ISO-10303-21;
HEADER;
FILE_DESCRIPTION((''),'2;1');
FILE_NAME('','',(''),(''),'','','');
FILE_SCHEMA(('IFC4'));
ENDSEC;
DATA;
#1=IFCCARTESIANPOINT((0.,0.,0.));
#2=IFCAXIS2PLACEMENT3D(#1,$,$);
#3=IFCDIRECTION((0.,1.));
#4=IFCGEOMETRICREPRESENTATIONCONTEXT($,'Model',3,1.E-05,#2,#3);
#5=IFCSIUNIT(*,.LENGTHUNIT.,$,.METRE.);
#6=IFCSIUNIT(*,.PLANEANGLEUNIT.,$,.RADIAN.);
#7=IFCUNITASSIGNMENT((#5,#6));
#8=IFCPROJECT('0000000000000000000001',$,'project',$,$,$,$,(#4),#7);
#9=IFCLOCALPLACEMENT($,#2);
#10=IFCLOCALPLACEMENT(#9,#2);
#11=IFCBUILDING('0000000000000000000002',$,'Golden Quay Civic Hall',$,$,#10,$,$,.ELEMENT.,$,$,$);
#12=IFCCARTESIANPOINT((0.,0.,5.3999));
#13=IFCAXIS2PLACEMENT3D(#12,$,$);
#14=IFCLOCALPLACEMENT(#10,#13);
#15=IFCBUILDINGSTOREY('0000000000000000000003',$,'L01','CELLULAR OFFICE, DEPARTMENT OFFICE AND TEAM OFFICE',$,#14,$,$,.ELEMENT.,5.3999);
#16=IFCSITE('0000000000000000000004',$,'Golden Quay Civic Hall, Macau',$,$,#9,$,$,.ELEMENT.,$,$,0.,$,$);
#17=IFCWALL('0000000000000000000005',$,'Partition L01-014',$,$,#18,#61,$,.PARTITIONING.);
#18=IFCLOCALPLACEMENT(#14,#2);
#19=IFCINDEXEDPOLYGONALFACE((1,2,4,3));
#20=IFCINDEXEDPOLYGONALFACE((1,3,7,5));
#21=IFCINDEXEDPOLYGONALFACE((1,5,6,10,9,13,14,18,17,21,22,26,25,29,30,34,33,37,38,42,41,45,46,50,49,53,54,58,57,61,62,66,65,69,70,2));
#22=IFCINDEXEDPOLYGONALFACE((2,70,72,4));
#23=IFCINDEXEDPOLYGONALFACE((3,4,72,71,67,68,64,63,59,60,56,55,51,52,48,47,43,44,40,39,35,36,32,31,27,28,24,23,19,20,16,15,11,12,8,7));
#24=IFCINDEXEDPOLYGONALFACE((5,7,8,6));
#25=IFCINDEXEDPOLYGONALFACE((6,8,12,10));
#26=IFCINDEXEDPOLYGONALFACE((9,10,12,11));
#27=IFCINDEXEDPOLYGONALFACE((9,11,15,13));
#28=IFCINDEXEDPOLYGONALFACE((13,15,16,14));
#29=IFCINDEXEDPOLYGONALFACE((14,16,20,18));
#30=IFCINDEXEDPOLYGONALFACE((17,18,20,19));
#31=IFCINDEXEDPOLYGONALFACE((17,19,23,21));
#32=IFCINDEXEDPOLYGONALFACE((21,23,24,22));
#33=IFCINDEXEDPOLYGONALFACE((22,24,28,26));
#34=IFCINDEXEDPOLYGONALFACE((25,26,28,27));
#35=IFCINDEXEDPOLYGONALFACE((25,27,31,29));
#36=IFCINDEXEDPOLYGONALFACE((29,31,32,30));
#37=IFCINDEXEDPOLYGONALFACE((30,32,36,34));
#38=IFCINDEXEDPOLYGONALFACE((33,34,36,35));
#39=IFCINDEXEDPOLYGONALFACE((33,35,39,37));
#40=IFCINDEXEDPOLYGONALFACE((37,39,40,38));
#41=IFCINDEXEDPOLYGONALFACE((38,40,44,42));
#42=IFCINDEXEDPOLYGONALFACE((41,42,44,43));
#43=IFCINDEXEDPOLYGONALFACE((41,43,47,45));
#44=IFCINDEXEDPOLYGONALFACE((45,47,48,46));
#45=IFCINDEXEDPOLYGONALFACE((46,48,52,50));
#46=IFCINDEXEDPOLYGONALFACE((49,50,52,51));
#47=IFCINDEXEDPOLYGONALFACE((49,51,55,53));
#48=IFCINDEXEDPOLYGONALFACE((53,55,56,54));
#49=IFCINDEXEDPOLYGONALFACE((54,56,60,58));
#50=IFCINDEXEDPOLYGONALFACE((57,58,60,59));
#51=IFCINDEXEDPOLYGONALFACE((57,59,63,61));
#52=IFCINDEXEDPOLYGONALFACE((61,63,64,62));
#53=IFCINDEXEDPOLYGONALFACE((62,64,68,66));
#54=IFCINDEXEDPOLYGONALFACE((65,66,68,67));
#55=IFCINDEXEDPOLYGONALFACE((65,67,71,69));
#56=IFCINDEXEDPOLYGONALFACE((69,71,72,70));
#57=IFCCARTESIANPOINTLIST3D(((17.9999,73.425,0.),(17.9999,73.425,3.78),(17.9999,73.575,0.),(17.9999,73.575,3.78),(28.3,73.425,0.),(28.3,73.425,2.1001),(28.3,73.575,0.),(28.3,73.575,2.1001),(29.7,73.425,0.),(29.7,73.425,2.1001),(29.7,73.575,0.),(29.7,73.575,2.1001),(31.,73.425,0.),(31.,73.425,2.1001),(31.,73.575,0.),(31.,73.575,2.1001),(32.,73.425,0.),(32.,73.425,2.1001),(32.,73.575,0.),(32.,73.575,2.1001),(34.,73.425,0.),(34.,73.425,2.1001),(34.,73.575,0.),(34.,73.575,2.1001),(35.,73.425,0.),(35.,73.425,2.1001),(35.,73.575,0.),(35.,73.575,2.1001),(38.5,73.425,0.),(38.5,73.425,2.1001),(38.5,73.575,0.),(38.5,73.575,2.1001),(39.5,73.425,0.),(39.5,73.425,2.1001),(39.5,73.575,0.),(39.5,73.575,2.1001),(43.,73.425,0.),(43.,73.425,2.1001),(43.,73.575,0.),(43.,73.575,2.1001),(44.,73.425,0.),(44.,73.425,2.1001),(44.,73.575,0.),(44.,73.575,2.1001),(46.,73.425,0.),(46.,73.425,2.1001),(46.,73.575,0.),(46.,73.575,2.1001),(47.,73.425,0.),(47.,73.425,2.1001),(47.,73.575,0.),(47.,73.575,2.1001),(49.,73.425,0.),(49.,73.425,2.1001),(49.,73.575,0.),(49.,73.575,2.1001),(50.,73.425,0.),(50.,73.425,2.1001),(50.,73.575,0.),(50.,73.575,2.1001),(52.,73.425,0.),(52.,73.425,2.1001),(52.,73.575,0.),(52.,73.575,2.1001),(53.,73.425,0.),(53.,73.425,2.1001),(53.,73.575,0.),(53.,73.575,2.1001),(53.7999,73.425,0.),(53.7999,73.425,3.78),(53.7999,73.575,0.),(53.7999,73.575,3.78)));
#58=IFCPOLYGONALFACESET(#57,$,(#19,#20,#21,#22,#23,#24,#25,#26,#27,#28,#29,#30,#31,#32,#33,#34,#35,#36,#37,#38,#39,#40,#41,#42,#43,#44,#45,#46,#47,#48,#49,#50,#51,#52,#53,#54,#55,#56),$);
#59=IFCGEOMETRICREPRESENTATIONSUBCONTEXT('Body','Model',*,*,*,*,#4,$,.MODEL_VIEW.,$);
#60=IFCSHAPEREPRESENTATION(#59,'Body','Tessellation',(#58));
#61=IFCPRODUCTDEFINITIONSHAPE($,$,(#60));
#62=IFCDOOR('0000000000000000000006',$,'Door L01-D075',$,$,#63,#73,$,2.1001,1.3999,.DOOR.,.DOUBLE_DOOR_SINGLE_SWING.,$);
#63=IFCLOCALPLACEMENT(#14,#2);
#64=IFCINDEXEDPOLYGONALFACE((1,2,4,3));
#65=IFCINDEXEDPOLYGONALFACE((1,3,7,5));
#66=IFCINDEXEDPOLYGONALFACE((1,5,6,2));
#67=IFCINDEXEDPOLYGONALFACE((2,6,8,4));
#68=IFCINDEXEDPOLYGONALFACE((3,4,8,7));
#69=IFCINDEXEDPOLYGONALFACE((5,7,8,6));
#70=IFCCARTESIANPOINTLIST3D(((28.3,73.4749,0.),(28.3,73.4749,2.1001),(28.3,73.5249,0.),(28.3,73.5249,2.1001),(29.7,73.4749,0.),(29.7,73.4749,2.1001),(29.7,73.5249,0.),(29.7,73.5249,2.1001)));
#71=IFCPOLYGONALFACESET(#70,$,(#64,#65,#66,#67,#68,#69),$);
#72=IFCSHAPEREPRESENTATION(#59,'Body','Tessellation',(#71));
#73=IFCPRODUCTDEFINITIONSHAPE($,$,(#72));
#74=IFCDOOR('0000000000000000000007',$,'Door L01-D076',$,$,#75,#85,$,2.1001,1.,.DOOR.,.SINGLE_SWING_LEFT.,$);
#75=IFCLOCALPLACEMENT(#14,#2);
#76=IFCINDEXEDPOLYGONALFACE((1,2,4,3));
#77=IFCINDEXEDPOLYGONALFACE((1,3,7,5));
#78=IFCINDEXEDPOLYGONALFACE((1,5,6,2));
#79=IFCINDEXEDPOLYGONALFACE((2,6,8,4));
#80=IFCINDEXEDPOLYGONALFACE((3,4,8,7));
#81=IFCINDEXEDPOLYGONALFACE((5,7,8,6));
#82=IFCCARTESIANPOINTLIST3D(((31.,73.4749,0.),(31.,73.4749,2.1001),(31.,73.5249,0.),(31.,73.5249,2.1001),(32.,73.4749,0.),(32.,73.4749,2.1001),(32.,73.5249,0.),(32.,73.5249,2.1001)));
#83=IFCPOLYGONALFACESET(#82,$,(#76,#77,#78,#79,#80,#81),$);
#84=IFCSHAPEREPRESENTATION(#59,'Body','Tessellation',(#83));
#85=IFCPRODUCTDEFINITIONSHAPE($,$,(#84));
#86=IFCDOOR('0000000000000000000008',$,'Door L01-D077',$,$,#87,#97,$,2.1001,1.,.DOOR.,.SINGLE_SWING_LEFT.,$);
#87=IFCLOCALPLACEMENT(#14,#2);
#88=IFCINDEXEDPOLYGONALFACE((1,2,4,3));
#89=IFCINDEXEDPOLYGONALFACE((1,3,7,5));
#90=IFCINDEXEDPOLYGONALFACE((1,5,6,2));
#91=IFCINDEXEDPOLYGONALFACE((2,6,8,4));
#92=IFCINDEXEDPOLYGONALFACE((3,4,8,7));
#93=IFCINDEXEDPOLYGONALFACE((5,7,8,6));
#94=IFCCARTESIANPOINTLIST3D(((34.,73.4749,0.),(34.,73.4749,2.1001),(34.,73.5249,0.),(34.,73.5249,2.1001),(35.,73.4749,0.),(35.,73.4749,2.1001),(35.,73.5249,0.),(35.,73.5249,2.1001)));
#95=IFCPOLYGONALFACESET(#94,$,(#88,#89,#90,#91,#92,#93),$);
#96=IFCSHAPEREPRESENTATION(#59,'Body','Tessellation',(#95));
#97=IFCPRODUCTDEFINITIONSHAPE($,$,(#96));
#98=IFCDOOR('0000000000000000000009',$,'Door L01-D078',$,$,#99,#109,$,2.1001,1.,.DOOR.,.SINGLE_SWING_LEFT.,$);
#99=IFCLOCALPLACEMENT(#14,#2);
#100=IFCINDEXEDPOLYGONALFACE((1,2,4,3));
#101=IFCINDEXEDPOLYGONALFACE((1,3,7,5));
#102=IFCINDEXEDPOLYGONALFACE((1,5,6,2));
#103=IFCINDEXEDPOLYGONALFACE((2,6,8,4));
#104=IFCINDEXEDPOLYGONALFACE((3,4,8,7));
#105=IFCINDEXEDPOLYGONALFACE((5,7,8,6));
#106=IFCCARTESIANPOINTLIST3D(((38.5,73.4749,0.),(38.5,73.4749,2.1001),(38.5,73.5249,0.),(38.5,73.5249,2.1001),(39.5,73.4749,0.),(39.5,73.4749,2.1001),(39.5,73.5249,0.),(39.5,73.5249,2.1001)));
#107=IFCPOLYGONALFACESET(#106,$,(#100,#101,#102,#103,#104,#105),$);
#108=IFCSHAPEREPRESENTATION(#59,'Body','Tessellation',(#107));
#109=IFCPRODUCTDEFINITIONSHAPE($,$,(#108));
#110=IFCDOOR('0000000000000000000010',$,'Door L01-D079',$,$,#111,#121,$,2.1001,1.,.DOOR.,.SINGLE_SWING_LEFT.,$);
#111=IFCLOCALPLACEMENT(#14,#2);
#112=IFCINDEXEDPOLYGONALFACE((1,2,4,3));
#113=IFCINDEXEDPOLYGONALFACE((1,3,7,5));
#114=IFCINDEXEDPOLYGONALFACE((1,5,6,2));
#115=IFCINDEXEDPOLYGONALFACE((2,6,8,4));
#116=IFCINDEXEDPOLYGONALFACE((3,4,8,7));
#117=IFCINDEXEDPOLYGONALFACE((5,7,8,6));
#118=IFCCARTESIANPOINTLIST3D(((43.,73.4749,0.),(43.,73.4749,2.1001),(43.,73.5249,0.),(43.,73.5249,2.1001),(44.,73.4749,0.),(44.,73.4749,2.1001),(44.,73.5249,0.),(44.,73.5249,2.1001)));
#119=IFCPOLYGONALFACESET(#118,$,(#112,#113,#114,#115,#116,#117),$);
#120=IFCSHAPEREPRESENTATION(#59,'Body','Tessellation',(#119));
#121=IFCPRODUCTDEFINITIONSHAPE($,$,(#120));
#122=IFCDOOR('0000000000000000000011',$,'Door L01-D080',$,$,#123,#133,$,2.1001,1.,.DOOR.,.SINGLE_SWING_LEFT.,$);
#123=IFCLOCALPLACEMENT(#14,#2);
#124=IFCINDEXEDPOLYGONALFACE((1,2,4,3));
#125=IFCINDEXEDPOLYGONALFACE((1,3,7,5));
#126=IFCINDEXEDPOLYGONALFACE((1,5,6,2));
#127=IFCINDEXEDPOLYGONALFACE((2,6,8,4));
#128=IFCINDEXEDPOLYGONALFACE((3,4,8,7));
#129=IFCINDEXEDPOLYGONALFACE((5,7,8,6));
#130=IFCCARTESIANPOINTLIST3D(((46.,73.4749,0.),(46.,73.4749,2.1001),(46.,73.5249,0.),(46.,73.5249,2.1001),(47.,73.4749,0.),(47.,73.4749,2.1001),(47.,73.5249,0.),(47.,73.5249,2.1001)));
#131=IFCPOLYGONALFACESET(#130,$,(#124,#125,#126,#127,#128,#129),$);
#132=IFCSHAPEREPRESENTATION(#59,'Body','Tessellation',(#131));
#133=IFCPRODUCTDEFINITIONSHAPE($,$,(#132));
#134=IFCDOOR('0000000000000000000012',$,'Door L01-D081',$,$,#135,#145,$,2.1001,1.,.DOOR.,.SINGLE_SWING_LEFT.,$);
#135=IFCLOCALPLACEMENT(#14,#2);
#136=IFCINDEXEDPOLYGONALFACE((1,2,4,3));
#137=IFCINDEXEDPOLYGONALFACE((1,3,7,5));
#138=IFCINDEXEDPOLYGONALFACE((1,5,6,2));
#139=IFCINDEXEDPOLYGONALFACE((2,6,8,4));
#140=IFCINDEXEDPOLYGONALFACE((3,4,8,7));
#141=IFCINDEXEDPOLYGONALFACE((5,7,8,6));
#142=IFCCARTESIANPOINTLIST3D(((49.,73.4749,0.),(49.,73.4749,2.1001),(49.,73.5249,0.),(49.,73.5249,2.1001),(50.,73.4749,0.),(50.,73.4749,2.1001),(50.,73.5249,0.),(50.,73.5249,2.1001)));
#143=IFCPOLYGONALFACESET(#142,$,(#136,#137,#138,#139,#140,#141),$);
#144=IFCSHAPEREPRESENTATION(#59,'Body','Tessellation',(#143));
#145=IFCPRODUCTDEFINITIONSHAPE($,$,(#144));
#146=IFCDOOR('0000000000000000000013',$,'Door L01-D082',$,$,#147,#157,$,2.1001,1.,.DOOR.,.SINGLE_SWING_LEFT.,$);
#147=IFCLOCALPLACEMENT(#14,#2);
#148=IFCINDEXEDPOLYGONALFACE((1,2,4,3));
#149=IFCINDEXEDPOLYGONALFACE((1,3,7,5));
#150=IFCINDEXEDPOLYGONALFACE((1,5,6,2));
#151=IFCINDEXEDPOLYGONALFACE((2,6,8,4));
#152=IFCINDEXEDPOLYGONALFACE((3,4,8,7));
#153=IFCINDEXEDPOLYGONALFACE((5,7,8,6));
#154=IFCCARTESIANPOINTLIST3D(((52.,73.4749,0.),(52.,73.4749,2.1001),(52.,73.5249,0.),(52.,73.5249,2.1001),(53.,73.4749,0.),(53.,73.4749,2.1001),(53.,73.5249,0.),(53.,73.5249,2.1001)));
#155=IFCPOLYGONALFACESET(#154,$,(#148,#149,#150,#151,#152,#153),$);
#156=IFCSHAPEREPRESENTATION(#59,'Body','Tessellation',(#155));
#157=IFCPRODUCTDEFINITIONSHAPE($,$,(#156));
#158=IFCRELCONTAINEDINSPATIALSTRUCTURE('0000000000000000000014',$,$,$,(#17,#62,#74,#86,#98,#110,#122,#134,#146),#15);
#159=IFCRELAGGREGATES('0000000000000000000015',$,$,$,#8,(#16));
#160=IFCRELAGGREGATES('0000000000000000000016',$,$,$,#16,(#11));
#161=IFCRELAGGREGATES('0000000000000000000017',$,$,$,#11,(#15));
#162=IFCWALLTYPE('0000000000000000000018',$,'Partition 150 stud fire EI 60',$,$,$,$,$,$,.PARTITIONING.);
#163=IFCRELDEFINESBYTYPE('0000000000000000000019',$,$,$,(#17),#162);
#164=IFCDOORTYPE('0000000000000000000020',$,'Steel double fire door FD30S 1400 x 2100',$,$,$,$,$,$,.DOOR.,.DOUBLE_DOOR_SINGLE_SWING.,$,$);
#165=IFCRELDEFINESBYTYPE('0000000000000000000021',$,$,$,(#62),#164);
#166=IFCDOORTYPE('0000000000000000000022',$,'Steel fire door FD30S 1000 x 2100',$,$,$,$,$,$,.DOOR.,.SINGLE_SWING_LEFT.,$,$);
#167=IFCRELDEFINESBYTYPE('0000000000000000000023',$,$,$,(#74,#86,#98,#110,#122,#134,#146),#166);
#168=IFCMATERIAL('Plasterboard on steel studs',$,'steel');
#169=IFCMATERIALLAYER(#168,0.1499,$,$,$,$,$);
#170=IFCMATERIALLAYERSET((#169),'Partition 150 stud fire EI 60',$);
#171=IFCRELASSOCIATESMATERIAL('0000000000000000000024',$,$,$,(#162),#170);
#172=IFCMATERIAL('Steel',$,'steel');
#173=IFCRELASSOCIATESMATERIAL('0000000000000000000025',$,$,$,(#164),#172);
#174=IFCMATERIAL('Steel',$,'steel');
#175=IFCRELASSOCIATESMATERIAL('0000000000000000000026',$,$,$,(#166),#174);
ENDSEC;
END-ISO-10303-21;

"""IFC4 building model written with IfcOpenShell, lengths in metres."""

from ifc_helpers import new_model, si_unit, direction, frame, frame_2d, origin, place, context, subcontext, project, spatial, rectangle, extrude, material, layer, layer_set, type_object, element, fill, save


model = new_model("IFC4")

# Units and contexts
model_context = context("Model", 3, precision=1e-05, world=origin(), true_north=direction((0.0, 1.0)))
body_context = subcontext(model_context, "Body", "Model", "MODEL_VIEW")
ifc_project = project(units=[si_unit("LENGTHUNIT", "METRE"), si_unit("PLANEANGLEUNIT", "RADIAN")], contexts=[model_context])

# Site, building, storey
site_placement = place(None, origin())
site = spatial("IfcSite", under=ifc_project, at=site_placement, Name="Golden Quay Civic Hall, Macau", CompositionType="ELEMENT", RefElevation=0.0)
building_placement = place(site_placement, origin())
building = spatial("IfcBuilding", under=site, at=building_placement, Name="Golden Quay Civic Hall", CompositionType="ELEMENT")
storey_placement = place(building_placement, frame((0.0, 0.0, 5.3999)))
storey = spatial("IfcBuildingStorey", under=building, at=storey_placement, Name="L01", Description="CELLULAR OFFICE, DEPARTMENT OFFICE AND TEAM OFFICE", CompositionType="ELEMENT", Elevation=5.3999)

# Wall, openings, doors
ifc_material_1 = material(Name="Plasterboard on steel studs", Category="steel")
ifc_layer_1 = layer(ifc_material_1, 0.1499)
ifc_layer_set_1 = layer_set([ifc_layer_1], Name="Partition 150 stud fire EI 60")
wall_type_1 = type_object("IfcWallType", Name="Partition 150 stud fire EI 60", PredefinedType="PARTITIONING", material=ifc_layer_set_1)
wall_1_placement = place(storey_placement, frame((18.0, 73.5, 0.0), z_axis=(0.0, 0.0, 1.0), x_axis=(1.0, 0.0, 0.0)))
wall_1 = element("IfcWall", 1, at=wall_1_placement, inside=storey, type_object=wall_type_1, Name="Partition L01-014", PredefinedType="PARTITIONING", context=body_context, shape_type="SweptSolid", body=[
    extrude(rectangle(XDim=35.8, YDim=0.1499, at=frame_2d((17.8999, 0.0))), origin(), (0.0, 0.0, 1.0), 3.78),
])
opening_1_placement = place(wall_1_placement, frame((10.3, 0.0, 0.0)))
opening_1 = element("IfcOpeningElement", 2, at=opening_1_placement, cuts=wall_1, PredefinedType="OPENING", context=body_context, shape_type="SweptSolid", body=[
    extrude(rectangle(XDim=1.3999, YDim=2.1001, at=frame_2d((0.7, 1.05))), frame((0.0, 0.085, 0.0), z_axis=(0.0, -1.0, 0.0), x_axis=(1.0, 0.0, 0.0)), (0.0, 0.0, 1.0), 0.1699),
])
opening_2_placement = place(wall_1_placement, frame((13.0, 0.0, 0.0)))
opening_2 = element("IfcOpeningElement", 3, at=opening_2_placement, cuts=wall_1, PredefinedType="OPENING", context=body_context, shape_type="SweptSolid", body=[
    extrude(rectangle(XDim=1.0, YDim=2.1001, at=frame_2d((0.5, 1.05))), frame((0.0, 0.085, 0.0), z_axis=(0.0, -1.0, 0.0), x_axis=(1.0, 0.0, 0.0)), (0.0, 0.0, 1.0), 0.1699),
])
opening_3_placement = place(wall_1_placement, frame((16.0, 0.0, 0.0)))
opening_3 = element("IfcOpeningElement", 4, at=opening_3_placement, cuts=wall_1, PredefinedType="OPENING", context=body_context, shape_type="SweptSolid", body=[
    extrude(rectangle(XDim=1.0, YDim=2.1001, at=frame_2d((0.5, 1.05))), frame((0.0, 0.085, 0.0), z_axis=(0.0, -1.0, 0.0), x_axis=(1.0, 0.0, 0.0)), (0.0, 0.0, 1.0), 0.1699),
])
opening_4_placement = place(wall_1_placement, frame((20.5, 0.0, 0.0)))
opening_4 = element("IfcOpeningElement", 5, at=opening_4_placement, cuts=wall_1, PredefinedType="OPENING", context=body_context, shape_type="SweptSolid", body=[
    extrude(rectangle(XDim=1.0, YDim=2.1001, at=frame_2d((0.5, 1.05))), frame((0.0, 0.085, 0.0), z_axis=(0.0, -1.0, 0.0), x_axis=(1.0, 0.0, 0.0)), (0.0, 0.0, 1.0), 0.1699),
])
opening_5_placement = place(wall_1_placement, frame((25.0, 0.0, 0.0)))
opening_5 = element("IfcOpeningElement", 6, at=opening_5_placement, cuts=wall_1, PredefinedType="OPENING", context=body_context, shape_type="SweptSolid", body=[
    extrude(rectangle(XDim=1.0, YDim=2.1001, at=frame_2d((0.5, 1.05))), frame((0.0, 0.085, 0.0), z_axis=(0.0, -1.0, 0.0), x_axis=(1.0, 0.0, 0.0)), (0.0, 0.0, 1.0), 0.1699),
])
opening_6_placement = place(wall_1_placement, frame((28.0, 0.0, 0.0)))
opening_6 = element("IfcOpeningElement", 7, at=opening_6_placement, cuts=wall_1, PredefinedType="OPENING", context=body_context, shape_type="SweptSolid", body=[
    extrude(rectangle(XDim=1.0, YDim=2.1001, at=frame_2d((0.5, 1.05))), frame((0.0, 0.085, 0.0), z_axis=(0.0, -1.0, 0.0), x_axis=(1.0, 0.0, 0.0)), (0.0, 0.0, 1.0), 0.1699),
])
opening_7_placement = place(wall_1_placement, frame((31.0, 0.0, 0.0)))
opening_7 = element("IfcOpeningElement", 8, at=opening_7_placement, cuts=wall_1, PredefinedType="OPENING", context=body_context, shape_type="SweptSolid", body=[
    extrude(rectangle(XDim=1.0, YDim=2.1001, at=frame_2d((0.5, 1.05))), frame((0.0, 0.085, 0.0), z_axis=(0.0, -1.0, 0.0), x_axis=(1.0, 0.0, 0.0)), (0.0, 0.0, 1.0), 0.1699),
])
opening_8_placement = place(wall_1_placement, frame((34.0, 0.0, 0.0)))
opening_8 = element("IfcOpeningElement", 9, at=opening_8_placement, cuts=wall_1, PredefinedType="OPENING", context=body_context, shape_type="SweptSolid", body=[
    extrude(rectangle(XDim=1.0, YDim=2.1001, at=frame_2d((0.5, 1.05))), frame((0.0, 0.085, 0.0), z_axis=(0.0, -1.0, 0.0), x_axis=(1.0, 0.0, 0.0)), (0.0, 0.0, 1.0), 0.1699),
])
ifc_material_2 = material(Name="Steel", Category="steel")
door_type_1 = type_object("IfcDoorType", Name="Steel double fire door FD30S 1400 x 2100", OperationType="DOUBLE_DOOR_SINGLE_SWING", PredefinedType="DOOR", material=ifc_material_2)
door_1_placement = place(opening_1_placement, origin())
door_1 = element("IfcDoor", 10, at=door_1_placement, inside=storey, type_object=door_type_1, Name="Door L01-D075", OperationType="DOUBLE_DOOR_SINGLE_SWING", OverallHeight=2.1001, OverallWidth=1.3999, PredefinedType="DOOR", context=body_context, shape_type="SweptSolid", body=[
    extrude(rectangle(XDim=1.3999, YDim=2.1001, at=frame_2d((0.7, 1.05))), frame((0.0, 0.0249, 0.0), z_axis=(0.0, -1.0, 0.0), x_axis=(1.0, 0.0, 0.0)), (0.0, 0.0, 1.0), 0.05),
])
fill(opening_1, door_1)
ifc_material_3 = material(Name="Steel", Category="steel")
door_type_2 = type_object("IfcDoorType", Name="Steel fire door FD30S 1000 x 2100", OperationType="SINGLE_SWING_LEFT", PredefinedType="DOOR", material=ifc_material_3)
door_2_placement = place(opening_2_placement, origin())
door_2 = element("IfcDoor", 11, at=door_2_placement, inside=storey, type_object=door_type_2, Name="Door L01-D076", OperationType="SINGLE_SWING_LEFT", OverallHeight=2.1001, OverallWidth=1.0, PredefinedType="DOOR", context=body_context, shape_type="SweptSolid", body=[
    extrude(rectangle(XDim=1.0, YDim=2.1001, at=frame_2d((0.5, 1.05))), frame((0.0, 0.0249, 0.0), z_axis=(0.0, -1.0, 0.0), x_axis=(1.0, 0.0, 0.0)), (0.0, 0.0, 1.0), 0.05),
])
fill(opening_2, door_2)
door_3_placement = place(opening_3_placement, origin())
door_3 = element("IfcDoor", 12, at=door_3_placement, inside=storey, type_object=door_type_2, Name="Door L01-D077", OperationType="SINGLE_SWING_LEFT", OverallHeight=2.1001, OverallWidth=1.0, PredefinedType="DOOR", context=body_context, shape_type="SweptSolid", body=[
    extrude(rectangle(XDim=1.0, YDim=2.1001, at=frame_2d((0.5, 1.05))), frame((0.0, 0.0249, 0.0), z_axis=(0.0, -1.0, 0.0), x_axis=(1.0, 0.0, 0.0)), (0.0, 0.0, 1.0), 0.05),
])
fill(opening_3, door_3)
door_4_placement = place(opening_4_placement, origin())
door_4 = element("IfcDoor", 13, at=door_4_placement, inside=storey, type_object=door_type_2, Name="Door L01-D078", OperationType="SINGLE_SWING_LEFT", OverallHeight=2.1001, OverallWidth=1.0, PredefinedType="DOOR", context=body_context, shape_type="SweptSolid", body=[
    extrude(rectangle(XDim=1.0, YDim=2.1001, at=frame_2d((0.5, 1.05))), frame((0.0, 0.0249, 0.0), z_axis=(0.0, -1.0, 0.0), x_axis=(1.0, 0.0, 0.0)), (0.0, 0.0, 1.0), 0.05),
])
fill(opening_4, door_4)
door_5_placement = place(opening_5_placement, origin())
door_5 = element("IfcDoor", 14, at=door_5_placement, inside=storey, type_object=door_type_2, Name="Door L01-D079", OperationType="SINGLE_SWING_LEFT", OverallHeight=2.1001, OverallWidth=1.0, PredefinedType="DOOR", context=body_context, shape_type="SweptSolid", body=[
    extrude(rectangle(XDim=1.0, YDim=2.1001, at=frame_2d((0.5, 1.05))), frame((0.0, 0.0249, 0.0), z_axis=(0.0, -1.0, 0.0), x_axis=(1.0, 0.0, 0.0)), (0.0, 0.0, 1.0), 0.05),
])
fill(opening_5, door_5)
door_6_placement = place(opening_6_placement, origin())
door_6 = element("IfcDoor", 15, at=door_6_placement, inside=storey, type_object=door_type_2, Name="Door L01-D080", OperationType="SINGLE_SWING_LEFT", OverallHeight=2.1001, OverallWidth=1.0, PredefinedType="DOOR", context=body_context, shape_type="SweptSolid", body=[
    extrude(rectangle(XDim=1.0, YDim=2.1001, at=frame_2d((0.5, 1.05))), frame((0.0, 0.0249, 0.0), z_axis=(0.0, -1.0, 0.0), x_axis=(1.0, 0.0, 0.0)), (0.0, 0.0, 1.0), 0.05),
])
fill(opening_6, door_6)
door_7_placement = place(opening_7_placement, origin())
door_7 = element("IfcDoor", 16, at=door_7_placement, inside=storey, type_object=door_type_2, Name="Door L01-D081", OperationType="SINGLE_SWING_LEFT", OverallHeight=2.1001, OverallWidth=1.0, PredefinedType="DOOR", context=body_context, shape_type="SweptSolid", body=[
    extrude(rectangle(XDim=1.0, YDim=2.1001, at=frame_2d((0.5, 1.05))), frame((0.0, 0.0249, 0.0), z_axis=(0.0, -1.0, 0.0), x_axis=(1.0, 0.0, 0.0)), (0.0, 0.0, 1.0), 0.05),
])
fill(opening_7, door_7)
door_8_placement = place(opening_8_placement, origin())
door_8 = element("IfcDoor", 17, at=door_8_placement, inside=storey, type_object=door_type_2, Name="Door L01-D082", OperationType="SINGLE_SWING_LEFT", OverallHeight=2.1001, OverallWidth=1.0, PredefinedType="DOOR", context=body_context, shape_type="SweptSolid", body=[
    extrude(rectangle(XDim=1.0, YDim=2.1001, at=frame_2d((0.5, 1.05))), frame((0.0, 0.0249, 0.0), z_axis=(0.0, -1.0, 0.0), x_axis=(1.0, 0.0, 0.0)), (0.0, 0.0, 1.0), 0.05),
])
fill(opening_8, door_8)

save(model, "model.ifc")
